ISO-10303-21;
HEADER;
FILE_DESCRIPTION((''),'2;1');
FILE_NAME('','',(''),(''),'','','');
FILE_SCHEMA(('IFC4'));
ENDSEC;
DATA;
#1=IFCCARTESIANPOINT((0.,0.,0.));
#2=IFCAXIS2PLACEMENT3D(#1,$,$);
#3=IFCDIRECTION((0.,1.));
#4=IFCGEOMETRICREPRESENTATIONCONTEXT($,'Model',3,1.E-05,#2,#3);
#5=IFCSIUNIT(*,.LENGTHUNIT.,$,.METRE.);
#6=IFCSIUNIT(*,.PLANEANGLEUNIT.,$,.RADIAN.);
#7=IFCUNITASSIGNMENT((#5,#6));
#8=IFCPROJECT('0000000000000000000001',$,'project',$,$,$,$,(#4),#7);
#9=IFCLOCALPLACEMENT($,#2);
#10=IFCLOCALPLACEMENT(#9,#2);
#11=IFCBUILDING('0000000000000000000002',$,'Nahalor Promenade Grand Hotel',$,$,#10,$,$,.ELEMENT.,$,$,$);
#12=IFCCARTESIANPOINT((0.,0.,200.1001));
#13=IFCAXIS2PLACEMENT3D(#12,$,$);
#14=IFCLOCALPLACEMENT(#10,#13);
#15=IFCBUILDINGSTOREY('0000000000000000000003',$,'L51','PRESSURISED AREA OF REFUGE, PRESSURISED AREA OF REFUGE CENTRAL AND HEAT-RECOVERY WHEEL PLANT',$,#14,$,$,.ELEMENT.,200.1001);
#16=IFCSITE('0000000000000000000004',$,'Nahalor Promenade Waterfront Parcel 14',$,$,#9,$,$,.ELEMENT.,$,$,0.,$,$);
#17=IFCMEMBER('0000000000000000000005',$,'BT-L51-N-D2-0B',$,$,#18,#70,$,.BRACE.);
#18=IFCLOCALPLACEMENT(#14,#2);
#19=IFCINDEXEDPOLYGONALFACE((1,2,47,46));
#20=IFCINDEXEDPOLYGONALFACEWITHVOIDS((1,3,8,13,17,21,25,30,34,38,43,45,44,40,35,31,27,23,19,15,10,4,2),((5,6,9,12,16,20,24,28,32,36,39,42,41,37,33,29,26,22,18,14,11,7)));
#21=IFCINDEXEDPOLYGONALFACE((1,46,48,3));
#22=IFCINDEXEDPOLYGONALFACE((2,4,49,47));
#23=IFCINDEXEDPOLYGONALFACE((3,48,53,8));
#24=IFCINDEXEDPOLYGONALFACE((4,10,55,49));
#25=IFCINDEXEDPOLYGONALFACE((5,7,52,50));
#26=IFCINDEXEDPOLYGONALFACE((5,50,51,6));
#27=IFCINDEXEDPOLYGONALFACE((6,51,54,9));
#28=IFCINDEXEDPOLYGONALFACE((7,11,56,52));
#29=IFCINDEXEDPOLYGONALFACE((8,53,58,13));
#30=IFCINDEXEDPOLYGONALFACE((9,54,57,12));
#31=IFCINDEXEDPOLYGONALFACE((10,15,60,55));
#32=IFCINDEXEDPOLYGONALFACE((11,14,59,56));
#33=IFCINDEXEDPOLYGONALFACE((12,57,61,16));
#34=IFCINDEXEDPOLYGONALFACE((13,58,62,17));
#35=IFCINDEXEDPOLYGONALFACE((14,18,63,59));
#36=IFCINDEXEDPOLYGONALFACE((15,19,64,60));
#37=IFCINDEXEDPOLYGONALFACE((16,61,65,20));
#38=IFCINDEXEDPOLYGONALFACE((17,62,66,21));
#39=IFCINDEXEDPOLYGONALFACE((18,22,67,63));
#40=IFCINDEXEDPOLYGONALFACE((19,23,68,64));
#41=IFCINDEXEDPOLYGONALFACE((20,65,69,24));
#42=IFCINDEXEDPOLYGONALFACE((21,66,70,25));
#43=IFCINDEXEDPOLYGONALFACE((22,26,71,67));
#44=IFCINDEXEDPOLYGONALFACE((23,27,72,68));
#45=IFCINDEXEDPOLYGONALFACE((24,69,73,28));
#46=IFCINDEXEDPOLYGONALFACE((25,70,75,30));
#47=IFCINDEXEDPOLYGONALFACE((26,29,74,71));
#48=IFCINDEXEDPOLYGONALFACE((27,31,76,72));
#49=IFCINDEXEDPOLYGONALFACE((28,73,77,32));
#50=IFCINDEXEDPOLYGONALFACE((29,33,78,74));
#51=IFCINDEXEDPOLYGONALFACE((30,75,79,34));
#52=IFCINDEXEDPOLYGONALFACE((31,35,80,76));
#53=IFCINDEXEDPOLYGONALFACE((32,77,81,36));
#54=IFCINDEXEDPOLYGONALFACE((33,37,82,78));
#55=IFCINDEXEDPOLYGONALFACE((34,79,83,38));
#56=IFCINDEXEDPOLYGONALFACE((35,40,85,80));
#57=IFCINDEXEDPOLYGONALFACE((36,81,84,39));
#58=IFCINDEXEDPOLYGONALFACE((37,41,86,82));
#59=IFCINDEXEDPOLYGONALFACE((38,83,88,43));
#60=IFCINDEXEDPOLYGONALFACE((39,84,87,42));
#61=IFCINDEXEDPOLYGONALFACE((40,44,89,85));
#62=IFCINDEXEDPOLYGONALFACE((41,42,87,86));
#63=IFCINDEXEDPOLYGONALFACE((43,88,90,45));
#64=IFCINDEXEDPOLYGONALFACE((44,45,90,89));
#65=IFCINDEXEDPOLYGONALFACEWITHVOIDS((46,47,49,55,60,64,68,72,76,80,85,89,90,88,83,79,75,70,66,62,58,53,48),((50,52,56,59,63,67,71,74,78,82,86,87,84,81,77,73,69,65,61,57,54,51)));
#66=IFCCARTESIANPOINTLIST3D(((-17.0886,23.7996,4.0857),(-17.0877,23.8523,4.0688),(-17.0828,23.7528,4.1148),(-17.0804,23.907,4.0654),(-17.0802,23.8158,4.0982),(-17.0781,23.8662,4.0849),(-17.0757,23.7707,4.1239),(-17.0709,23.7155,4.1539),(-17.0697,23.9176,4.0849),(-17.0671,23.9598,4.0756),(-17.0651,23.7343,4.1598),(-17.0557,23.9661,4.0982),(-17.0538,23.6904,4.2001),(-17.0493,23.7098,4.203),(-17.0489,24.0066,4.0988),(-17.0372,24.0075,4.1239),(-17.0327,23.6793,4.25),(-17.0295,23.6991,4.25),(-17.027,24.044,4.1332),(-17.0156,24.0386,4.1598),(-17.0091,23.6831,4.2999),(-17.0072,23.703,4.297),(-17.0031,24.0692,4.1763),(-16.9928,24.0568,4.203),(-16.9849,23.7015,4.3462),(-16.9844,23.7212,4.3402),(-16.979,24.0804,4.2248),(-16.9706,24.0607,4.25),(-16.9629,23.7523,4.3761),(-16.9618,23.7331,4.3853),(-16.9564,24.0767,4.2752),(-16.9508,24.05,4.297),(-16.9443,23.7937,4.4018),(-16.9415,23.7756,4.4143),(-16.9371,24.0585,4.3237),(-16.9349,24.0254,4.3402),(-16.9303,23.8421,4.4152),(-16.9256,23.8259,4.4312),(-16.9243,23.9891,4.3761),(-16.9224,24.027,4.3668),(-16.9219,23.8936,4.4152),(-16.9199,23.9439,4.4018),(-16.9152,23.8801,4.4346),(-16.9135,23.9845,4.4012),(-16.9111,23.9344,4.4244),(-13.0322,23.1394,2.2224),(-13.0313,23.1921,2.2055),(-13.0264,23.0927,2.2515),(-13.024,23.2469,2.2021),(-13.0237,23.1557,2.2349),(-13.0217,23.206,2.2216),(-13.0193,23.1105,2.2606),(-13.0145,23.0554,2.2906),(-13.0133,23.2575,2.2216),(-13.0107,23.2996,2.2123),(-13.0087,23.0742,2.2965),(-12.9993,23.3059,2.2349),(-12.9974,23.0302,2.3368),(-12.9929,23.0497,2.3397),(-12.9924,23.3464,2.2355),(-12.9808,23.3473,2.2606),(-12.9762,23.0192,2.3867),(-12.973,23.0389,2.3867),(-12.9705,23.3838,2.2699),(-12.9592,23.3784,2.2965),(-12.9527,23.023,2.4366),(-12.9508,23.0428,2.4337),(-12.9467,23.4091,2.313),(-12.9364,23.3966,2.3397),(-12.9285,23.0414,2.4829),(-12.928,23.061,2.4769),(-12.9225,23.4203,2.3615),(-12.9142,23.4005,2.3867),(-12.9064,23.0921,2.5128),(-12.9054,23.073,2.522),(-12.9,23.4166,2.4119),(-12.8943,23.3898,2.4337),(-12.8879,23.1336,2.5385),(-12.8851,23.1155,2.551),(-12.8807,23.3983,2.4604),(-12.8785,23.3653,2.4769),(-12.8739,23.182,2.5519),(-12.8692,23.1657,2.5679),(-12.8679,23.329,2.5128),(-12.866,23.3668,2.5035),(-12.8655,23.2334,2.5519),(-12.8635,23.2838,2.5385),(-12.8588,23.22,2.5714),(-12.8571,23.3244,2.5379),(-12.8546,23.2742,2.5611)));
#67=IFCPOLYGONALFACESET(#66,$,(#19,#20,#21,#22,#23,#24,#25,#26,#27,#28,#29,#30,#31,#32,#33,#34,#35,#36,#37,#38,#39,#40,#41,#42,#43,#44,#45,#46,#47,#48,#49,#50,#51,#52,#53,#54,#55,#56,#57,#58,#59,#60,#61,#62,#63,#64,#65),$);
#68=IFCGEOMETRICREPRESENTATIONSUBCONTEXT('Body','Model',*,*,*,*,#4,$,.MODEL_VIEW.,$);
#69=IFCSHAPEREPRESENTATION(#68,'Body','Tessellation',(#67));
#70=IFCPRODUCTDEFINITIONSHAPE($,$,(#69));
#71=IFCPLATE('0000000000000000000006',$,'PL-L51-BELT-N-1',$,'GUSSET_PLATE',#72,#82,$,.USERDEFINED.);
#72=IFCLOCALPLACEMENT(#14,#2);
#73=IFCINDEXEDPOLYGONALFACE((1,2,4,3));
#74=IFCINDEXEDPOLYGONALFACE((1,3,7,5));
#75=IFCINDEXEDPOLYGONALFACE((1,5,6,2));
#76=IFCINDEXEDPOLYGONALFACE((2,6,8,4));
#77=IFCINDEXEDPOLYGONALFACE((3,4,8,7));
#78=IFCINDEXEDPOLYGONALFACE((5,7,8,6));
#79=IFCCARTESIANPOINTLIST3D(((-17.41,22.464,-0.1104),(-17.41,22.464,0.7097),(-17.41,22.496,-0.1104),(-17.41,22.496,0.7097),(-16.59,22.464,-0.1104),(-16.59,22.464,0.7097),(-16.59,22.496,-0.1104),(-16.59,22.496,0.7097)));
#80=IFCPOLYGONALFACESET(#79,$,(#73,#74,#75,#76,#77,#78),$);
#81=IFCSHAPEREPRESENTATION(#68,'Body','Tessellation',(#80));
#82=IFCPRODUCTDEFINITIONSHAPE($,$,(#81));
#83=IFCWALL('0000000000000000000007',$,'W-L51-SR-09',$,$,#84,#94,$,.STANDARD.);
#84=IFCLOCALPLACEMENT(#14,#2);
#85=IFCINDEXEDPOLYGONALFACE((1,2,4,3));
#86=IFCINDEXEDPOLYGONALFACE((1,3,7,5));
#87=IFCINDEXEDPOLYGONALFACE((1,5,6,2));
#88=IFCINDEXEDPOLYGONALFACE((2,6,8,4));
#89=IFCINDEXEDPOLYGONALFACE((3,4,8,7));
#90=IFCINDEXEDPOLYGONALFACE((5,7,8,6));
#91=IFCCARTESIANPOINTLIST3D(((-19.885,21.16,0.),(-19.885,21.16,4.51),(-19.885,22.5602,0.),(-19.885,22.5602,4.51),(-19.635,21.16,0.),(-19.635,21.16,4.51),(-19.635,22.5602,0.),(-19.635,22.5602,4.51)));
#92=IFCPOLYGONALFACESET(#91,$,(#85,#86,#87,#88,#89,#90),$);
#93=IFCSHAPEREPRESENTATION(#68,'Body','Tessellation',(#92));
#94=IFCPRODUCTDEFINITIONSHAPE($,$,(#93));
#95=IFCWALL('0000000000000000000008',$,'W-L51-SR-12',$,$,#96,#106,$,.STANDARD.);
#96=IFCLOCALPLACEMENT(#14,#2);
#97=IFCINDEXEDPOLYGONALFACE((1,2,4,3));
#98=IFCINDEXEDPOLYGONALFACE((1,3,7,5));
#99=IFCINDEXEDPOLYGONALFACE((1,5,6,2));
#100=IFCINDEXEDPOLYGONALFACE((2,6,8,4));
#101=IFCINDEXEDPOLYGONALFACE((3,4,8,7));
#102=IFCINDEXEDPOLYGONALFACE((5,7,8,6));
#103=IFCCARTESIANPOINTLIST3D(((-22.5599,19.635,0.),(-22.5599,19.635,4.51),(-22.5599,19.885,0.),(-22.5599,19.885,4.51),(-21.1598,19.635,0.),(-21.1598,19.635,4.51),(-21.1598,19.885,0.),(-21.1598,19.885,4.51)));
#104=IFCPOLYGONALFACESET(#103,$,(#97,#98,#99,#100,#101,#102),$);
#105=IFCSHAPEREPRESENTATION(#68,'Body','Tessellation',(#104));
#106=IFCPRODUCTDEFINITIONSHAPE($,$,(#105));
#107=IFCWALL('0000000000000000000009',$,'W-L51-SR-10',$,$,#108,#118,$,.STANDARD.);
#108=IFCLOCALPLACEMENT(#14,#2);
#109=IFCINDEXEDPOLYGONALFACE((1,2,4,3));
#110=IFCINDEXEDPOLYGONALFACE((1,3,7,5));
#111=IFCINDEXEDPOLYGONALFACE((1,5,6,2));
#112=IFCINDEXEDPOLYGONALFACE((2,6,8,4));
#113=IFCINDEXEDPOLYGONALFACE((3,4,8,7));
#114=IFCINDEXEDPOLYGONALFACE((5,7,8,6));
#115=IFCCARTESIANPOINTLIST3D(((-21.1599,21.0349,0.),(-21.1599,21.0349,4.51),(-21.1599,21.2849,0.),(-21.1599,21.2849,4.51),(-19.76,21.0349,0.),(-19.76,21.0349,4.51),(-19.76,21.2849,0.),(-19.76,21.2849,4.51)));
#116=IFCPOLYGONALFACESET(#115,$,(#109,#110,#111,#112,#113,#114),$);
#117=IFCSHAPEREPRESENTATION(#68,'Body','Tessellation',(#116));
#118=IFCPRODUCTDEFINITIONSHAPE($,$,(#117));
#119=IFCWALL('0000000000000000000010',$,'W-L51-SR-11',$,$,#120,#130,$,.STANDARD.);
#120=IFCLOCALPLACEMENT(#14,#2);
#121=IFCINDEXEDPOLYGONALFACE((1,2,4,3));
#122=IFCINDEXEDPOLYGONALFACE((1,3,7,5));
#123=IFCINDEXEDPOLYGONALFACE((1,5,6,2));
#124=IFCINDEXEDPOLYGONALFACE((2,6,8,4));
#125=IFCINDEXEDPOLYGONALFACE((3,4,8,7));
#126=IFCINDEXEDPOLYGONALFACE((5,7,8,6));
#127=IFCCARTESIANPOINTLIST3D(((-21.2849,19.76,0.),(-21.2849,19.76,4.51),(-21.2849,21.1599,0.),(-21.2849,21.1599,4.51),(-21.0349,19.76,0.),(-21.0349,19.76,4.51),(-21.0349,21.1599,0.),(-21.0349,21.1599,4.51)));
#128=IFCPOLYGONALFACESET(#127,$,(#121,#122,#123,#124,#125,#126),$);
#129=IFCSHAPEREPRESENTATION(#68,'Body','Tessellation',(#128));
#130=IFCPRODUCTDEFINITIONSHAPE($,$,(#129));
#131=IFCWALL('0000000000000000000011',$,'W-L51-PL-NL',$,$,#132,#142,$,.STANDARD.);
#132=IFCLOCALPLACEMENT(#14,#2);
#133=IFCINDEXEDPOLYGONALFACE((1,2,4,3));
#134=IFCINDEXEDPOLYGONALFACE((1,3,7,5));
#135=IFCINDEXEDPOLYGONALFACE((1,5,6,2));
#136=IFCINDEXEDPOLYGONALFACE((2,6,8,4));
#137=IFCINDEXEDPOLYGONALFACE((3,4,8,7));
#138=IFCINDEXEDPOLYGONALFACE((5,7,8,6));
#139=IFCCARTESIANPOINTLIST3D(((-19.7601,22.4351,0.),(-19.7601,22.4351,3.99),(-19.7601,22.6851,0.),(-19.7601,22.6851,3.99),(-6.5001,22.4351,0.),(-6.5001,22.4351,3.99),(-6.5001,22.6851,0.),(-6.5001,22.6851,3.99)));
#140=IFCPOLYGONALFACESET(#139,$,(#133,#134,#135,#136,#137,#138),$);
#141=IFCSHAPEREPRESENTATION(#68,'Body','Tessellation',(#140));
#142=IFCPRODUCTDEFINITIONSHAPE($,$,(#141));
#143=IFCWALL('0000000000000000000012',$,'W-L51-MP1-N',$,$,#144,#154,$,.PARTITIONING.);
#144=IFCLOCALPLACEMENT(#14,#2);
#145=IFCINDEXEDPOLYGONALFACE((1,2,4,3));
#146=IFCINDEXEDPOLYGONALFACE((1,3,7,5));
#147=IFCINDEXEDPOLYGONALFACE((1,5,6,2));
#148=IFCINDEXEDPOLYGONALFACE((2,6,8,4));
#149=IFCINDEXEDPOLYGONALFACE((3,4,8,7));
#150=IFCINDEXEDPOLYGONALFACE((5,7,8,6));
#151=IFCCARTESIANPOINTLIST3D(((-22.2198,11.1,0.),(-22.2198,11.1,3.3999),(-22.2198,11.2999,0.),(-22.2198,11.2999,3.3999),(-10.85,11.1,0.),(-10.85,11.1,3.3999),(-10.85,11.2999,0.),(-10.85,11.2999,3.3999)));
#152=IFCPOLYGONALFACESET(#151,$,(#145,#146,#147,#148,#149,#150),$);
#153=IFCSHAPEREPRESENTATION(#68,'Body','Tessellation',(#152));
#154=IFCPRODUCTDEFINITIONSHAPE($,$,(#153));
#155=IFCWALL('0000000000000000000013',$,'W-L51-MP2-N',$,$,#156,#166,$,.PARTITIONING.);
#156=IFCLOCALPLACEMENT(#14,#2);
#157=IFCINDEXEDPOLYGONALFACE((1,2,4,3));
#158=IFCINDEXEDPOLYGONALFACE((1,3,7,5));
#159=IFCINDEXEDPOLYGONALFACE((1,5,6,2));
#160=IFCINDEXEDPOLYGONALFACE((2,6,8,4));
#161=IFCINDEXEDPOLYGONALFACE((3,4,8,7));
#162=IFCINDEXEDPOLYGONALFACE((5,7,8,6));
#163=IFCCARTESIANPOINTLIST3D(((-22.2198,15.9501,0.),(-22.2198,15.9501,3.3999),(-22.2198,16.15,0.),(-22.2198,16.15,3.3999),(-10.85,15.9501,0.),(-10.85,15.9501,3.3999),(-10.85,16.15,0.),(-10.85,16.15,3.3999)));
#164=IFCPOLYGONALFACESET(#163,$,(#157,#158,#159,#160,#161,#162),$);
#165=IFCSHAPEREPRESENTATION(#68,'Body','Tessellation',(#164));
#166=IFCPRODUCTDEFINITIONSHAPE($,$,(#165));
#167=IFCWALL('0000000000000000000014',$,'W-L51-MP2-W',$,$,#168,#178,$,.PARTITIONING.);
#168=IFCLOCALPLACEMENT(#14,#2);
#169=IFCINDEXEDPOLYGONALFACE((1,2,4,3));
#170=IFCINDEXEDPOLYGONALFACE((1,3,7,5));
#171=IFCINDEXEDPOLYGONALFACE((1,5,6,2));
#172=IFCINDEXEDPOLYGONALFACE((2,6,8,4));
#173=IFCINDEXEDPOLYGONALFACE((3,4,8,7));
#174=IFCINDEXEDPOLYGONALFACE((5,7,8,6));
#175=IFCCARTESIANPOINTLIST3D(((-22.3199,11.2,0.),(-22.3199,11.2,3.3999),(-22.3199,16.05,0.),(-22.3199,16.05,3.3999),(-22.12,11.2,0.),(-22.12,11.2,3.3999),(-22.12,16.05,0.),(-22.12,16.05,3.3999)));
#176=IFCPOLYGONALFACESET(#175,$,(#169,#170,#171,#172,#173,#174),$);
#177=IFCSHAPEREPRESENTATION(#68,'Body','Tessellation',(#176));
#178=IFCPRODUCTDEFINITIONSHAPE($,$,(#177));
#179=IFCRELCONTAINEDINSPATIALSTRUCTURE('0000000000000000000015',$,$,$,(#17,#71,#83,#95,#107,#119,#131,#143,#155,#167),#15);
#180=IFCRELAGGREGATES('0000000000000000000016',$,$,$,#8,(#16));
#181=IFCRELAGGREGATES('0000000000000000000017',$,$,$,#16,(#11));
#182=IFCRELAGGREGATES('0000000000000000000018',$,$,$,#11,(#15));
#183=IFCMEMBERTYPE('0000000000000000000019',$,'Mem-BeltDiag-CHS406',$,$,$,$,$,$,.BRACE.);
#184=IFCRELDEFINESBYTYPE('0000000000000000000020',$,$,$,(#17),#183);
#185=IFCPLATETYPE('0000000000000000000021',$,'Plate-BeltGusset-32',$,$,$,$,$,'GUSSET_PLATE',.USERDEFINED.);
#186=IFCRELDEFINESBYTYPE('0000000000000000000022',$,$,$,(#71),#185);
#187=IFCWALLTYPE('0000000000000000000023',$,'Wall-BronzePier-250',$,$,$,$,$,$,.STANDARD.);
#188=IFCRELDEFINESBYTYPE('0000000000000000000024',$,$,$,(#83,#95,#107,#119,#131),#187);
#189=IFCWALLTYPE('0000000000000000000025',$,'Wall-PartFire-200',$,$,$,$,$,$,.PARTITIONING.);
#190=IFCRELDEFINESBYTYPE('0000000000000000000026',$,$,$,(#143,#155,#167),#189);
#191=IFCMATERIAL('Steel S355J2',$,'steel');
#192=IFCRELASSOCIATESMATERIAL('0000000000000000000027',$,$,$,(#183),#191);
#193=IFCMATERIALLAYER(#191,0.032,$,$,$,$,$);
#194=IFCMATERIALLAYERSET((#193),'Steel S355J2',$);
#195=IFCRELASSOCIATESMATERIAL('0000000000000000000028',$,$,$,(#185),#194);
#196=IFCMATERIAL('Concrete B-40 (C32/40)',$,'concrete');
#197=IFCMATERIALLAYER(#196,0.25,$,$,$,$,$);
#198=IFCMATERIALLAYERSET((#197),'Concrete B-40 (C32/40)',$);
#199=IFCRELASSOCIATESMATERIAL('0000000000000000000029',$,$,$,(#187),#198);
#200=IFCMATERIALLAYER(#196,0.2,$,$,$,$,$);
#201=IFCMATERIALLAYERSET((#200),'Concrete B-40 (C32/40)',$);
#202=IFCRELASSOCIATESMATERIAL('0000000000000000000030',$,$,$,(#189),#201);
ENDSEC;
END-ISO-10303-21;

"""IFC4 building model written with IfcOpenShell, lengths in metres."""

from ifc_helpers import new_model, si_unit, direction, frame, frame_2d, origin, origin_2d, place, context, subcontext, project, spatial, rectangle, hollow_circle, extrude, source, transform, mapped, material, layer, layer_set, material_profile, profile_set, type_object, element, save


model = new_model("IFC4")

# Units and contexts
model_context = context("Model", 3, precision=1e-05, world=origin(), true_north=direction((0.0, 1.0)))
body_context = subcontext(model_context, "Body", "Model", "MODEL_VIEW")
ifc_project = project(units=[si_unit("LENGTHUNIT", "METRE"), si_unit("PLANEANGLEUNIT", "RADIAN")], contexts=[model_context])

# Site, building, storey
site_placement = place(None, origin())
site = spatial("IfcSite", under=ifc_project, at=site_placement, Name="Nahalor Promenade Waterfront Parcel 14", CompositionType="ELEMENT", RefElevation=0.0)
building_placement = place(site_placement, origin())
building = spatial("IfcBuilding", under=site, at=building_placement, Name="Nahalor Promenade Grand Hotel", CompositionType="ELEMENT")
storey_placement = place(building_placement, frame((0.0, 0.0, 200.1001)))
storey = spatial("IfcBuildingStorey", under=building, at=storey_placement, Name="L51", Description="PRESSURISED AREA OF REFUGE, PRESSURISED AREA OF REFUGE CENTRAL AND HEAT-RECOVERY WHEEL PLANT", CompositionType="ELEMENT", Elevation=200.1001)

# Shared definitions
ifc_material_1 = material(Name="Steel S355J2", Category="steel")

# Member
ifc_material_profile_1 = material_profile(ifc_material_1, hollow_circle(Radius=0.2032, WallThickness=0.02, at=origin_2d()), Name="CHS 406.4x20")
ifc_profile_set_1 = profile_set([ifc_material_profile_1], Name="Steel S355J2")
member_type = type_object("IfcMemberType", Name="Mem-BeltDiag-CHS406", PredefinedType="BRACE", material=ifc_profile_set_1)
shared_shape_1 = source(origin(), body_context, "Body", "SweptSolid", [
    extrude(hollow_circle(Radius=0.2032, WallThickness=0.02, at=origin_2d()), origin(), (0.0, 0.0, 1.0), 4.5125),
])
member_1_placement = place(storey_placement, frame((-12.9436, 23.2197, 2.3867), z_axis=(-0.898939, 0.146297, 0.412922), x_axis=(-0.160631, -0.987014, 0.0)))
element("IfcMember", 1, at=member_1_placement, inside=storey, type_object=member_type, Name="BT-L51-N-D2-0B", PredefinedType="BRACE", context=body_context, shape_type="MappedRepresentation", body=[
    mapped(shared_shape_1, transform((0.0, 0.0, 0.0), scale=1.0)),
])

# Plate
ifc_layer_1 = layer(ifc_material_1, 0.032)
ifc_layer_set_1 = layer_set([ifc_layer_1], Name="Steel S355J2")
plate_type = type_object("IfcPlateType", Name="Plate-BeltGusset-32", ElementType="GUSSET_PLATE", PredefinedType="USERDEFINED", material=ifc_layer_set_1)
shared_shape_2 = source(origin(), body_context, "Body", "SweptSolid", [
    extrude(rectangle(XDim=0.8201, YDim=0.032, at=origin_2d()), origin(), (0.0, 0.0, 1.0), 0.8201),
])
plate_placement = place(storey_placement, frame((-17.0, 22.48, -0.1104), z_axis=(0.0, 0.0, 1.0), x_axis=(1.0, 0.0, 0.0)))
element("IfcPlate", 2, at=plate_placement, inside=storey, type_object=plate_type, Name="PL-L51-BELT-N-1", ObjectType="GUSSET_PLATE", PredefinedType="USERDEFINED", context=body_context, shape_type="MappedRepresentation", body=[
    mapped(shared_shape_2, transform((0.0, 0.0, 0.0), scale=1.0)),
])

# Walls
ifc_material_2 = material(Name="Concrete B-40 (C32/40)", Category="concrete")
ifc_layer_2 = layer(ifc_material_2, 0.25)
ifc_layer_set_2 = layer_set([ifc_layer_2], Name="Concrete B-40 (C32/40)")
wall_type_1 = type_object("IfcWallType", Name="Wall-BronzePier-250", PredefinedType="STANDARD", material=ifc_layer_set_2)
shared_shape_3 = source(origin(), body_context, "Body", "SweptSolid", [
    extrude(rectangle(XDim=1.4001, YDim=0.25, at=frame_2d((0.7002, 0.0))), origin(), (0.0, 0.0, 1.0), 4.51),
])
for number, where, z_axis, x_axis, name in (
    (3, (-19.76, 21.1599, 0.0), (0.0, 0.0, 1.0), (0.0, 1.0, 0.0), "W-L51-SR-09"),
    (4, (-22.5601, 19.76, 0.0), (0.0, 0.0, 1.0), (1.0, 0.0, 0.0), "W-L51-SR-12"),
):
    element("IfcWall", number, at=place(storey_placement, frame(where, z_axis=z_axis, x_axis=x_axis)), inside=storey, type_object=wall_type_1, Name=name, PredefinedType="STANDARD", context=body_context, shape_type="MappedRepresentation", body=[
        mapped(shared_shape_3, transform((0.0, 0.0, 0.0), scale=1.0)),
    ])
shared_shape_4 = source(origin(), body_context, "Body", "SweptSolid", [
    extrude(rectangle(XDim=1.3999, YDim=0.25, at=frame_2d((0.7, 0.0))), origin(), (0.0, 0.0, 1.0), 4.51),
])
for number, where, z_axis, x_axis, name in (
    (5, (-21.1599, 21.1599, 0.0), (0.0, 0.0, 1.0), (1.0, 0.0, 0.0), "W-L51-SR-10"),
    (6, (-21.1599, 19.76, 0.0), (0.0, 0.0, 1.0), (0.0, 1.0, 0.0), "W-L51-SR-11"),
):
    element("IfcWall", number, at=place(storey_placement, frame(where, z_axis=z_axis, x_axis=x_axis)), inside=storey, type_object=wall_type_1, Name=name, PredefinedType="STANDARD", context=body_context, shape_type="MappedRepresentation", body=[
        mapped(shared_shape_4, transform((0.0, 0.0, 0.0), scale=1.0)),
    ])
shared_shape_5 = source(origin(), body_context, "Body", "SweptSolid", [
    extrude(rectangle(XDim=13.26, YDim=0.25, at=frame_2d((6.6299, 0.0))), origin(), (0.0, 0.0, 1.0), 3.99),
])
wall_1_placement = place(storey_placement, frame((-19.76, 22.5601, 0.0), z_axis=(0.0, 0.0, 1.0), x_axis=(1.0, 0.0, 0.0)))
element("IfcWall", 7, at=wall_1_placement, inside=storey, type_object=wall_type_1, Name="W-L51-PL-NL", PredefinedType="STANDARD", context=body_context, shape_type="MappedRepresentation", body=[
    mapped(shared_shape_5, transform((0.0, 0.0, 0.0), scale=1.0)),
])
ifc_layer_3 = layer(ifc_material_2, 0.2)
ifc_layer_set_3 = layer_set([ifc_layer_3], Name="Concrete B-40 (C32/40)")
wall_type_2 = type_object("IfcWallType", Name="Wall-PartFire-200", PredefinedType="PARTITIONING", material=ifc_layer_set_3)
shared_shape_6 = source(origin(), body_context, "Body", "SweptSolid", [
    extrude(rectangle(XDim=11.3699, YDim=0.2, at=frame_2d((5.6851, 0.0))), origin(), (0.0, 0.0, 1.0), 3.3999),
])
for number, where, z_axis, x_axis, name in (
    (8, (-22.22, 11.2, 0.0), (0.0, 0.0, 1.0), (1.0, 0.0, 0.0), "W-L51-MP1-N"),
    (9, (-22.22, 16.05, 0.0), (0.0, 0.0, 1.0), (1.0, 0.0, 0.0), "W-L51-MP2-N"),
):
    element("IfcWall", number, at=place(storey_placement, frame(where, z_axis=z_axis, x_axis=x_axis)), inside=storey, type_object=wall_type_2, Name=name, PredefinedType="PARTITIONING", context=body_context, shape_type="MappedRepresentation", body=[
        mapped(shared_shape_6, transform((0.0, 0.0, 0.0), scale=1.0)),
    ])
shared_shape_7 = source(origin(), body_context, "Body", "SweptSolid", [
    extrude(rectangle(XDim=4.8501, YDim=0.2, at=frame_2d((2.425, 0.0))), origin(), (0.0, 0.0, 1.0), 3.3999),
])
wall_2_placement = place(storey_placement, frame((-22.22, 11.2, 0.0), z_axis=(0.0, 0.0, 1.0), x_axis=(0.0, 1.0, 0.0)))
element("IfcWall", 10, at=wall_2_placement, inside=storey, type_object=wall_type_2, Name="W-L51-MP2-W", PredefinedType="PARTITIONING", context=body_context, shape_type="MappedRepresentation", body=[
    mapped(shared_shape_7, transform((0.0, 0.0, 0.0), scale=1.0)),
])

save(model, "model.ifc")
